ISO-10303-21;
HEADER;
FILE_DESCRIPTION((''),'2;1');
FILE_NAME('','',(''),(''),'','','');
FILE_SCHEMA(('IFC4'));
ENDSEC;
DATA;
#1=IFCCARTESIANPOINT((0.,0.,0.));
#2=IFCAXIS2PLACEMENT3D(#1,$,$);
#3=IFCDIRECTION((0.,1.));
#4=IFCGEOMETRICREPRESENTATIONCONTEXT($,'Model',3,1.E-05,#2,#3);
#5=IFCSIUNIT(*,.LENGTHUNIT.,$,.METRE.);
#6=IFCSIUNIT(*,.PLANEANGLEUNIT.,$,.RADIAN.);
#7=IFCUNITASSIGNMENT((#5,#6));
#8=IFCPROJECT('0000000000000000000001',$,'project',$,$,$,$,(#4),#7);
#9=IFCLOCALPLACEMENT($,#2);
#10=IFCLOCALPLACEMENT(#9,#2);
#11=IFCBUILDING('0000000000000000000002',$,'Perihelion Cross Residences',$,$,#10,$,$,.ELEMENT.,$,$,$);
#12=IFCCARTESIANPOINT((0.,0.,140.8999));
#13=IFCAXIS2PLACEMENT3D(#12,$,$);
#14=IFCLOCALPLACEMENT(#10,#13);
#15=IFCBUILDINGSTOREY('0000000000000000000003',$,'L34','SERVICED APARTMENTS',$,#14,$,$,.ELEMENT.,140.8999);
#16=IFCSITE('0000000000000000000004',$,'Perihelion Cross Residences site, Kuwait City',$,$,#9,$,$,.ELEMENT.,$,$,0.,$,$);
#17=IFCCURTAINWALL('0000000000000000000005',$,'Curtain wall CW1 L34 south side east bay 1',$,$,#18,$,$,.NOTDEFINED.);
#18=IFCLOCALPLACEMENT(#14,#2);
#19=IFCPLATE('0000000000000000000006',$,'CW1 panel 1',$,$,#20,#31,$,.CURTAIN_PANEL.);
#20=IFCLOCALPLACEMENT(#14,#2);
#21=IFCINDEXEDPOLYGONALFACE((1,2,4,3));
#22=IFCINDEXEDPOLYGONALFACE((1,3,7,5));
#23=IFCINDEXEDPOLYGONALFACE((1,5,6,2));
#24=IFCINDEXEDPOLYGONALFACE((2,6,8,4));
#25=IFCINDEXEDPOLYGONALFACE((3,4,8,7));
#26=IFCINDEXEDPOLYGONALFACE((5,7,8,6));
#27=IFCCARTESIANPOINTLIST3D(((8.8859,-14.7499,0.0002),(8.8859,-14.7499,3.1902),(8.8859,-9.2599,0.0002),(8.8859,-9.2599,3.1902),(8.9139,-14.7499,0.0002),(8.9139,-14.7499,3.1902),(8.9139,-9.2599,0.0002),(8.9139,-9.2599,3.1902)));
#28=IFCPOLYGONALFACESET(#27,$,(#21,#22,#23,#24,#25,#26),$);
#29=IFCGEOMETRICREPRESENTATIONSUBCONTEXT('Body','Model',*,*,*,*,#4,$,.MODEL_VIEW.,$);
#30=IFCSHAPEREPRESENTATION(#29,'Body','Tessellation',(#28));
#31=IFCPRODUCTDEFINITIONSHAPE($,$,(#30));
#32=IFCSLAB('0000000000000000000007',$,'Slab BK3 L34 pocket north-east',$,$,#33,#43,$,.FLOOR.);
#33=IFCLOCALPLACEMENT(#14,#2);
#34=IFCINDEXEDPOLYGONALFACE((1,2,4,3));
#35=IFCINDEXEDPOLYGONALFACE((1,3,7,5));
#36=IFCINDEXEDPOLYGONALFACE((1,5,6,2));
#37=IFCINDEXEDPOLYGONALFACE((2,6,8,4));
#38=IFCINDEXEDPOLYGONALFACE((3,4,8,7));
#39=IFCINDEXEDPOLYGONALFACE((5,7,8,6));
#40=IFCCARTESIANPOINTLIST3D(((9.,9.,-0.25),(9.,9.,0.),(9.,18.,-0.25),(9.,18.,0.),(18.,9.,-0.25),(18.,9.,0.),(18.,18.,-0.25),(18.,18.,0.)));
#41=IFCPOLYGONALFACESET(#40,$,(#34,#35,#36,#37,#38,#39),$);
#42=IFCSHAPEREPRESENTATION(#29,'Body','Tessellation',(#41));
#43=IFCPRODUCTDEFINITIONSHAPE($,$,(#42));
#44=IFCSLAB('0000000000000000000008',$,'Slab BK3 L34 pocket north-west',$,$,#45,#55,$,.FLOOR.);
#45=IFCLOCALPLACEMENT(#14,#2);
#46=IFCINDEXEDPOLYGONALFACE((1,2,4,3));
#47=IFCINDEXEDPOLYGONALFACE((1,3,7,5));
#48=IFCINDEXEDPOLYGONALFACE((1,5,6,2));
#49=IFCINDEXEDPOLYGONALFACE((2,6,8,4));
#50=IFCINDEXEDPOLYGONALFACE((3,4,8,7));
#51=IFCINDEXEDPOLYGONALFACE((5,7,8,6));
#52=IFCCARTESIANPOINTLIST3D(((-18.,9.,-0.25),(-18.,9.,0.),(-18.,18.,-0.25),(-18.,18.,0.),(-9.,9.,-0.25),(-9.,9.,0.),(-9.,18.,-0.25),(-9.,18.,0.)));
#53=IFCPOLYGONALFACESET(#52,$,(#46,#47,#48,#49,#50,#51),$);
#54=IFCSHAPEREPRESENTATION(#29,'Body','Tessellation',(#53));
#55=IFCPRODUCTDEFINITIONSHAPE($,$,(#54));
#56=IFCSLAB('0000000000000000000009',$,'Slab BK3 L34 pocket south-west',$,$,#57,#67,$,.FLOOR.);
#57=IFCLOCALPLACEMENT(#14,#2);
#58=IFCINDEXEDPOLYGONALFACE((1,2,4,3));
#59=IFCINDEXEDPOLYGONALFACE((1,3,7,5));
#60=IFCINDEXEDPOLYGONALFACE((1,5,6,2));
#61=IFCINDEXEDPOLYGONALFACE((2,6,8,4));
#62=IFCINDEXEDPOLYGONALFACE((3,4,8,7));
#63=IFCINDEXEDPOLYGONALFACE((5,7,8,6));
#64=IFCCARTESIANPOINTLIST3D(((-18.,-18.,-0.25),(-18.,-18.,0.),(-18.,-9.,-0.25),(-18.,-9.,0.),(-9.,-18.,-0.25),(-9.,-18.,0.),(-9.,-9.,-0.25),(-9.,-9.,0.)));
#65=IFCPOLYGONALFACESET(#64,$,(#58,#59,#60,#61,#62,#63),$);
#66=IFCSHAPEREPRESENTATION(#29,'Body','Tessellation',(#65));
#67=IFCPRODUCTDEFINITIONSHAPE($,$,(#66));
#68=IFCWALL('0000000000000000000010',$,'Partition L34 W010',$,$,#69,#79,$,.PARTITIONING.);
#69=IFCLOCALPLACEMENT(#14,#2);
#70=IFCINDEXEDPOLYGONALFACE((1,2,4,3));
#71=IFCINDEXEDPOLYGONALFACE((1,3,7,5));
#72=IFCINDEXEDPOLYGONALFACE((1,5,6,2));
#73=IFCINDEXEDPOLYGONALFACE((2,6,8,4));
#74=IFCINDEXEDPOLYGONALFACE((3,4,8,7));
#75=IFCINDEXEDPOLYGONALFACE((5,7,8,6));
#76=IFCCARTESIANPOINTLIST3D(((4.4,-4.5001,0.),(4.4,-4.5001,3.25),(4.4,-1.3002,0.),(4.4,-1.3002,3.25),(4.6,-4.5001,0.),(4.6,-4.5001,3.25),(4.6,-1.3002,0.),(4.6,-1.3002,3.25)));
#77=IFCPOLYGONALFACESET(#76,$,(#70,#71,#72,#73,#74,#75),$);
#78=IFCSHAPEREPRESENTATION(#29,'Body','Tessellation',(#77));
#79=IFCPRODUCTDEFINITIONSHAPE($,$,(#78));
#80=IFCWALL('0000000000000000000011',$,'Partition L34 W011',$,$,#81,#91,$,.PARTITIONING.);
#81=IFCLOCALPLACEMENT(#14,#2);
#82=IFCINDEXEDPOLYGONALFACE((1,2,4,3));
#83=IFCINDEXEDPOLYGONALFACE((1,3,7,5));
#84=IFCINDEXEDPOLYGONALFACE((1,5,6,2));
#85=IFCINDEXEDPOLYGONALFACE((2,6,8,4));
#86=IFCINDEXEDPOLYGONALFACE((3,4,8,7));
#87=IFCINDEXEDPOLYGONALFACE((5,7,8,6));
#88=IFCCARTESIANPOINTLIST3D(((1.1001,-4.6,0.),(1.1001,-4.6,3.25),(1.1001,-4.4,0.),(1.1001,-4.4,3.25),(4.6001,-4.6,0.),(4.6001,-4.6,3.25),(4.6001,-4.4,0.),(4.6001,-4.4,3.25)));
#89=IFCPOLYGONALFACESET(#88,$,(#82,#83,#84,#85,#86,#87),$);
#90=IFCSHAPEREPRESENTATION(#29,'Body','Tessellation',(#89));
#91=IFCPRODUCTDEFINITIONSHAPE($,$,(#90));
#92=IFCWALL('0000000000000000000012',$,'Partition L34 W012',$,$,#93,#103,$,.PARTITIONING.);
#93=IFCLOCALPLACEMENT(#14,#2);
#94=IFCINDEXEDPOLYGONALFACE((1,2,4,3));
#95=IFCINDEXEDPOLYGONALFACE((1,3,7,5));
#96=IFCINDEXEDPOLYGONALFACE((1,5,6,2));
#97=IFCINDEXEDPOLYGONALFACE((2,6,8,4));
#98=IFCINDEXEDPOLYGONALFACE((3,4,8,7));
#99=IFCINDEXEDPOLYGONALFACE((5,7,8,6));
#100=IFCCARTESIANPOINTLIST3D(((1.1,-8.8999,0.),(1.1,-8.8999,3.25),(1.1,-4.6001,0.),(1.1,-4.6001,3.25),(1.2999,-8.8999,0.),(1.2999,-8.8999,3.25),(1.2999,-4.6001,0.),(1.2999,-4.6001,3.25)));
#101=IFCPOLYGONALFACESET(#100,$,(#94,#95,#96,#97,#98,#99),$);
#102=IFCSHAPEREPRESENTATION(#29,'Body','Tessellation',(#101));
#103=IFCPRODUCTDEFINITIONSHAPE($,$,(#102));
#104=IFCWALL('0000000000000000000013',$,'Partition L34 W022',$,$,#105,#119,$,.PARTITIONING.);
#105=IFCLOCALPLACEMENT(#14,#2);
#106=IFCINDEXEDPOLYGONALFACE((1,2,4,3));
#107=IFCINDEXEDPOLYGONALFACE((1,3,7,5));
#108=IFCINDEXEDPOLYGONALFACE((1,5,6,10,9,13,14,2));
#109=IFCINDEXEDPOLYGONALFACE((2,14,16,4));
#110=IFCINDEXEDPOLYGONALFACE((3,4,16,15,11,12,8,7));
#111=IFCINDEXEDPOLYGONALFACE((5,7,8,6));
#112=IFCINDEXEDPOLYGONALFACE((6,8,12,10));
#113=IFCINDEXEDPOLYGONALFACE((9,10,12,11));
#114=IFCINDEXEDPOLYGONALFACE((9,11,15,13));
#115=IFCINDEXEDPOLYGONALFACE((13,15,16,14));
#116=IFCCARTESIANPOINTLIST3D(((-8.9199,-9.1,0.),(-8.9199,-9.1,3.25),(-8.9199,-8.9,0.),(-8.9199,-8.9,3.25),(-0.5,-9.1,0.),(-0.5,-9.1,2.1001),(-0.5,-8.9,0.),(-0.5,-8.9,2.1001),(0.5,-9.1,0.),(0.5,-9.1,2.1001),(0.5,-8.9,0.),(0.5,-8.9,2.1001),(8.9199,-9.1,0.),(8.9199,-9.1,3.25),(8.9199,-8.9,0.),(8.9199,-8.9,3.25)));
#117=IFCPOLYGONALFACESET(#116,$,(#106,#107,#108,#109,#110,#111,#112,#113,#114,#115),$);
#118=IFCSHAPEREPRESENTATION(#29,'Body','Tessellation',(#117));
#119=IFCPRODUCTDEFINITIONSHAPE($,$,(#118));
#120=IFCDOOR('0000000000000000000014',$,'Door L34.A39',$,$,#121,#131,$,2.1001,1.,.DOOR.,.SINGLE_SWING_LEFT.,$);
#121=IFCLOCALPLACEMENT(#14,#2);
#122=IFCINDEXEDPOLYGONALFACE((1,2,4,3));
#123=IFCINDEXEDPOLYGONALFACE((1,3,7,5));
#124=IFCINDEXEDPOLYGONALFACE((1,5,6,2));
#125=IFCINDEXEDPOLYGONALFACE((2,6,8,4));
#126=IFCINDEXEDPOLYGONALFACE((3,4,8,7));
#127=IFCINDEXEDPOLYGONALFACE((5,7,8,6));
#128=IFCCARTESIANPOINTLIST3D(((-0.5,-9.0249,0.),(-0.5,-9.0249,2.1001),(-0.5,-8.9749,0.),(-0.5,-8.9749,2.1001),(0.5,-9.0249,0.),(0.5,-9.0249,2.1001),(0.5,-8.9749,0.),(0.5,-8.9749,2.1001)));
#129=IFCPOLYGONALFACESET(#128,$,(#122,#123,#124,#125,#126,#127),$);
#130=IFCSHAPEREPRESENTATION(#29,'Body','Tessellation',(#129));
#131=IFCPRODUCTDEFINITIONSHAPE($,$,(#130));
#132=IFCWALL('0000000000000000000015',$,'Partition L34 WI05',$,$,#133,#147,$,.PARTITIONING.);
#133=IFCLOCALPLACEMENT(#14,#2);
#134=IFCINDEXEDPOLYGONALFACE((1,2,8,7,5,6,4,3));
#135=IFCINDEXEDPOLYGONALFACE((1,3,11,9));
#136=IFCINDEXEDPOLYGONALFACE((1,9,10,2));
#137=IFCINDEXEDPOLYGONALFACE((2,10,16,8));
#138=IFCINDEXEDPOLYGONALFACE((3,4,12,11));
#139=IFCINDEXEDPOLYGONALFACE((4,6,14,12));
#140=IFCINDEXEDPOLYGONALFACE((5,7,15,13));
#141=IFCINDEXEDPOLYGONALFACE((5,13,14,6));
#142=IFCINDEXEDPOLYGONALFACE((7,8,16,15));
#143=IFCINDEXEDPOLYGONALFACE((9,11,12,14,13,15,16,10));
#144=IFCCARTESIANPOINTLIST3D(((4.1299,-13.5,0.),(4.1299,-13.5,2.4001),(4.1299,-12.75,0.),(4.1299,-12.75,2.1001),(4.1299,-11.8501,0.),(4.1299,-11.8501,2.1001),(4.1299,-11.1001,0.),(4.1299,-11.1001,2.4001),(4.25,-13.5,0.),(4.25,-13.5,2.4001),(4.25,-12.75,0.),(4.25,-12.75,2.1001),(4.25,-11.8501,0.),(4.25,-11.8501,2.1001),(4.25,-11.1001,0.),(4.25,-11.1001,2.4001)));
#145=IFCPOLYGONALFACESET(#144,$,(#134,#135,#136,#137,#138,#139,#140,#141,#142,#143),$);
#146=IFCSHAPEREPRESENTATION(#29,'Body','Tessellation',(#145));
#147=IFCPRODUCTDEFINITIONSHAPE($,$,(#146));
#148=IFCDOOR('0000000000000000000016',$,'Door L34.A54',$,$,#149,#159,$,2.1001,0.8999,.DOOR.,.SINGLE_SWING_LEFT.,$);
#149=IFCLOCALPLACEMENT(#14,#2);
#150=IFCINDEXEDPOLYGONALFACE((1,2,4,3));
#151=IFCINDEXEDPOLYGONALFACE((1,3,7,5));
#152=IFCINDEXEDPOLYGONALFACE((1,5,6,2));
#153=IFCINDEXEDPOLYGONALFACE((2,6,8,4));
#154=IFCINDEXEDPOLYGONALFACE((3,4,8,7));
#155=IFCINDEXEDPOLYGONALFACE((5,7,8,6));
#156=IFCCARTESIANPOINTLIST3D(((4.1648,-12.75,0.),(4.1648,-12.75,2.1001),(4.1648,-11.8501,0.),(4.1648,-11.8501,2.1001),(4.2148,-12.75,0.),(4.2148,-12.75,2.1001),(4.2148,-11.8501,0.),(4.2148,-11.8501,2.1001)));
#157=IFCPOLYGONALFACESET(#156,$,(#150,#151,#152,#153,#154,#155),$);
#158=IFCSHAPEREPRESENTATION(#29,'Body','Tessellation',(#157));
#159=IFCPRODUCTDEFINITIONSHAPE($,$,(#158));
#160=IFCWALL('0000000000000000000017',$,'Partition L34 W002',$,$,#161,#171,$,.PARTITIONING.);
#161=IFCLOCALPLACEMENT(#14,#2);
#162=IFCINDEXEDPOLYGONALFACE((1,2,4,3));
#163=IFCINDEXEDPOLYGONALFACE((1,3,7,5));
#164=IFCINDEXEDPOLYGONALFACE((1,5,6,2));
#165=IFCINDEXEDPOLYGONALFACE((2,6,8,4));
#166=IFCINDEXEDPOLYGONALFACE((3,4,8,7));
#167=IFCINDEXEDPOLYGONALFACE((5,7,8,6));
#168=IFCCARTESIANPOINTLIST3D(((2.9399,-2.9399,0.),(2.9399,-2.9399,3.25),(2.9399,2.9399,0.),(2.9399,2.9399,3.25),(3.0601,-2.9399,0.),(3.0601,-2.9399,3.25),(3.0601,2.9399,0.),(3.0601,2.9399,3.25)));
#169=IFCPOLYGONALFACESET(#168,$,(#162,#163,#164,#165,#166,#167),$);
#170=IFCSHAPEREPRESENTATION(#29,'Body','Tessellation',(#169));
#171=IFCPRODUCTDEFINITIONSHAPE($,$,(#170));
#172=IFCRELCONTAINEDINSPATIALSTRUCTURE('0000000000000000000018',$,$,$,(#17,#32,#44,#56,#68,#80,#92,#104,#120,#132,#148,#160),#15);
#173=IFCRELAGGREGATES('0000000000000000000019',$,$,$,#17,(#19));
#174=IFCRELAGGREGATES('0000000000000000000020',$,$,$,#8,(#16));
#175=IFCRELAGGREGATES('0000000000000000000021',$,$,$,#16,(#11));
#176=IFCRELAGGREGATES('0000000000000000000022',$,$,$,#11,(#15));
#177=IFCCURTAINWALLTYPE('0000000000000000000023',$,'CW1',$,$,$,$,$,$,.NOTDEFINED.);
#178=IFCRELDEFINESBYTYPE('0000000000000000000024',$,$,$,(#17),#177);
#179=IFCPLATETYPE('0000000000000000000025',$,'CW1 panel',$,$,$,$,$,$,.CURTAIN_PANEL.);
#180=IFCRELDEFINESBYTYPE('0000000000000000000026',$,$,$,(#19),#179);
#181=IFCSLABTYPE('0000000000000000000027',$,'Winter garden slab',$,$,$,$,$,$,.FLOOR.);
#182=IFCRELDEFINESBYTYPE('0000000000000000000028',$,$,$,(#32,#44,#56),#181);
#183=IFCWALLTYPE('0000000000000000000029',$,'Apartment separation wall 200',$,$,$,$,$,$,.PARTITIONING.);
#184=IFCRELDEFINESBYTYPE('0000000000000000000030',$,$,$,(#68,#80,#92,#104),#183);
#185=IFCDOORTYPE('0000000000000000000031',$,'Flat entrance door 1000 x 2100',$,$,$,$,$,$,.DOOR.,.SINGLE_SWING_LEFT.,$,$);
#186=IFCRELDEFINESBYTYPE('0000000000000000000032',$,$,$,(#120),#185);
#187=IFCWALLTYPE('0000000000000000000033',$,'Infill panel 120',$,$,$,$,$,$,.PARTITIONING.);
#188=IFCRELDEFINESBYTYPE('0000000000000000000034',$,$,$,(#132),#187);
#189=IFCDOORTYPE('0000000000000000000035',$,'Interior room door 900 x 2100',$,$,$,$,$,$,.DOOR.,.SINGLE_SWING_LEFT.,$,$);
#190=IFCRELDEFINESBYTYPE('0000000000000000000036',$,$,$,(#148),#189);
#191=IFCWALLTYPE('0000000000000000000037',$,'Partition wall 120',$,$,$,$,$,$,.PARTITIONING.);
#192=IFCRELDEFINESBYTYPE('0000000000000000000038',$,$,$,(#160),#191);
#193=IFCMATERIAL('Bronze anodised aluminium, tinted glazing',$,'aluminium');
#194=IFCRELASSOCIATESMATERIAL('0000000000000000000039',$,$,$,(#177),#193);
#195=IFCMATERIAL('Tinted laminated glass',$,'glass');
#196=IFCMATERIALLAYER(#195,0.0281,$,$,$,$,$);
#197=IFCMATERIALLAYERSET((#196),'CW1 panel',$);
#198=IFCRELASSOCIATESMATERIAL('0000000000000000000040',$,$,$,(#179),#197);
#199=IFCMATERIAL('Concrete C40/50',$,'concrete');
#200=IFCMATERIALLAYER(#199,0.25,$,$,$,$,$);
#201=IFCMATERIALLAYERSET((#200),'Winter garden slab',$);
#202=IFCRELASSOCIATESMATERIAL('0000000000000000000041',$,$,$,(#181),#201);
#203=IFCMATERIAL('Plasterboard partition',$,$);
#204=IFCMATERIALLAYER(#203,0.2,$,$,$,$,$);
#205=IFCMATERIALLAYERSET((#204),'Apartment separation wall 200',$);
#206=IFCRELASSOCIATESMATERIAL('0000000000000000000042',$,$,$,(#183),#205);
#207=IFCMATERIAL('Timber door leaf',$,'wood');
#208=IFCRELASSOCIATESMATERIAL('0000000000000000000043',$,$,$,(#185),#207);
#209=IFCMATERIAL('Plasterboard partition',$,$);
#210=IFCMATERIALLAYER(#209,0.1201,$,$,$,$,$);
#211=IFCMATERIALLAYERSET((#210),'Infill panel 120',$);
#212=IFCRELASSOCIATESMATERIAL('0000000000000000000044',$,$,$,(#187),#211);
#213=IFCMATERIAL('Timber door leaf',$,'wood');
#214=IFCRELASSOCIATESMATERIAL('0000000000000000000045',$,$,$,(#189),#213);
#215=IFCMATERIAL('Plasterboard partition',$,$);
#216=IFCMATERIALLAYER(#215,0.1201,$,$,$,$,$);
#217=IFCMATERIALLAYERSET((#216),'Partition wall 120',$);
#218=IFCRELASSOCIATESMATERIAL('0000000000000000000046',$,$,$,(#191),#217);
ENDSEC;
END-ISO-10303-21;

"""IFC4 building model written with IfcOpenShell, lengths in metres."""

from ifc_helpers import new_model, si_unit, direction, frame, frame_2d, origin, origin_2d, place, context, subcontext, project, spatial, polyline, rectangle, outline, extrude, material, layer, layer_set, type_object, element, fill, aggregate, save


model = new_model("IFC4")

# Units and contexts
model_context = context("Model", 3, precision=1e-05, world=origin(), true_north=direction((0.0, 1.0)))
body_context = subcontext(model_context, "Body", "Model", "MODEL_VIEW")
ifc_project = project(units=[si_unit("LENGTHUNIT", "METRE"), si_unit("PLANEANGLEUNIT", "RADIAN")], contexts=[model_context])

# Site, building, storey
site_placement = place(None, origin())
site = spatial("IfcSite", under=ifc_project, at=site_placement, Name="Perihelion Cross Residences site, Kuwait City", CompositionType="ELEMENT", RefElevation=0.0)
building_placement = place(site_placement, origin())
building = spatial("IfcBuilding", under=site, at=building_placement, Name="Perihelion Cross Residences", CompositionType="ELEMENT")
storey_placement = place(building_placement, frame((0.0, 0.0, 140.8999)))
storey = spatial("IfcBuildingStorey", under=building, at=storey_placement, Name="L34", Description="SERVICED APARTMENTS", CompositionType="ELEMENT", Elevation=140.8999)

# Curtain wall
ifc_material_1 = material(Name="Bronze anodised aluminium, tinted glazing", Category="aluminium")
curtain_wall_type = type_object("IfcCurtainWallType", Name="CW1", PredefinedType="NOTDEFINED", material=ifc_material_1)
curtain_wall_1_placement = place(storey_placement, origin())
curtain_wall_1 = element("IfcCurtainWall", 1, at=curtain_wall_1_placement, inside=storey, type_object=curtain_wall_type, Name="Curtain wall CW1 L34 south side east bay 1", PredefinedType="NOTDEFINED")

# Plate
ifc_material_2 = material(Name="Tinted laminated glass", Category="glass")
ifc_layer_1 = layer(ifc_material_2, 0.0281)
ifc_layer_set_1 = layer_set([ifc_layer_1], Name="CW1 panel")
plate_type = type_object("IfcPlateType", Name="CW1 panel", PredefinedType="CURTAIN_PANEL", material=ifc_layer_set_1)
plate_placement = place(storey_placement, frame((8.8999, -12.0049, 0.0002), z_axis=(0.0, 0.0, 1.0), x_axis=(0.0, 1.0, 0.0)))
plate = element("IfcPlate", 2, at=plate_placement, type_object=plate_type, Name="CW1 panel 1", PredefinedType="CURTAIN_PANEL", context=body_context, shape_type="SweptSolid", body=[
    extrude(rectangle(XDim=5.49, YDim=0.0281, at=origin_2d()), origin(), (0.0, 0.0, 1.0), 3.1899),
])
aggregate(curtain_wall_1, [plate])

# Slabs
ifc_material_3 = material(Name="Concrete C40/50", Category="concrete")
ifc_layer_2 = layer(ifc_material_3, 0.25)
ifc_layer_set_2 = layer_set([ifc_layer_2], Name="Winter garden slab")
slab_type_1 = type_object("IfcSlabType", Name="Winter garden slab", PredefinedType="FLOOR", material=ifc_layer_set_2)
slab_1_placement = place(storey_placement, frame((0.0, 0.0, -0.25)))
element("IfcSlab", 3, at=slab_1_placement, inside=storey, type_object=slab_type_1, Name="Slab BK3 L34 pocket north-east", PredefinedType="FLOOR", context=body_context, shape_type="SweptSolid", body=[
    extrude(outline(polyline([(18.0, 9.0), (18.0, 18.0), (9.0, 18.0), (9.0, 9.0), (18.0, 9.0)])), origin(), (0.0, 0.0, 1.0), 0.25),
])
slab_2_placement = place(storey_placement, frame((0.0, 0.0, -0.25)))
element("IfcSlab", 4, at=slab_2_placement, inside=storey, type_object=slab_type_1, Name="Slab BK3 L34 pocket north-west", PredefinedType="FLOOR", context=body_context, shape_type="SweptSolid", body=[
    extrude(outline(polyline([(-9.0, 9.0), (-9.0, 18.0), (-18.0, 18.0), (-18.0, 9.0), (-9.0, 9.0)])), origin(), (0.0, 0.0, 1.0), 0.25),
])
slab_3_placement = place(storey_placement, frame((0.0, 0.0, -0.25)))
element("IfcSlab", 5, at=slab_3_placement, inside=storey, type_object=slab_type_1, Name="Slab BK3 L34 pocket south-west", PredefinedType="FLOOR", context=body_context, shape_type="SweptSolid", body=[
    extrude(outline(polyline([(-9.0, -18.0), (-9.0, -9.0), (-18.0, -9.0), (-18.0, -18.0), (-9.0, -18.0)])), origin(), (0.0, 0.0, 1.0), 0.25),
])

# Walls
ifc_material_4 = material(Name="Plasterboard partition")
ifc_layer_3 = layer(ifc_material_4, 0.2)
ifc_layer_set_3 = layer_set([ifc_layer_3], Name="Apartment separation wall 200")
wall_type_1 = type_object("IfcWallType", Name="Apartment separation wall 200", PredefinedType="PARTITIONING", material=ifc_layer_set_3)
wall_1_placement = place(storey_placement, frame((4.5, -1.3, 0.0), z_axis=(0.0, 0.0, 1.0), x_axis=(0.0, -1.0, 0.0)))
element("IfcWall", 6, at=wall_1_placement, inside=storey, type_object=wall_type_1, Name="Partition L34 W010", PredefinedType="PARTITIONING", context=body_context, shape_type="SweptSolid", body=[
    extrude(rectangle(XDim=3.2, YDim=0.2, at=frame_2d((1.6001, 0.0))), origin(), (0.0, 0.0, 1.0), 3.25),
])
wall_2_placement = place(storey_placement, frame((4.6001, -4.5, 0.0), z_axis=(0.0, 0.0, 1.0), x_axis=(-1.0, 0.0, 0.0)))
element("IfcWall", 7, at=wall_2_placement, inside=storey, type_object=wall_type_1, Name="Partition L34 W011", PredefinedType="PARTITIONING", context=body_context, shape_type="SweptSolid", body=[
    extrude(rectangle(XDim=3.5, YDim=0.2, at=frame_2d((1.75, 0.0))), origin(), (0.0, 0.0, 1.0), 3.25),
])
wall_3_placement = place(storey_placement, frame((1.2, -4.6001, 0.0), z_axis=(0.0, 0.0, 1.0), x_axis=(0.0, -1.0, 0.0)))
element("IfcWall", 8, at=wall_3_placement, inside=storey, type_object=wall_type_1, Name="Partition L34 W012", PredefinedType="PARTITIONING", context=body_context, shape_type="SweptSolid", body=[
    extrude(rectangle(XDim=4.2998, YDim=0.2, at=frame_2d((2.1499, 0.0))), origin(), (0.0, 0.0, 1.0), 3.25),
])

# Walls, openings, doors
wall_4_placement = place(storey_placement, frame((8.9199, -9.0, 0.0), z_axis=(0.0, 0.0, 1.0), x_axis=(-1.0, 0.0, 0.0)))
wall_4 = element("IfcWall", 9, at=wall_4_placement, inside=storey, type_object=wall_type_1, Name="Partition L34 W022", PredefinedType="PARTITIONING", context=body_context, shape_type="SweptSolid", body=[
    extrude(rectangle(XDim=17.8398, YDim=0.2, at=frame_2d((8.9199, 0.0))), origin(), (0.0, 0.0, 1.0), 3.25),
])
opening_1_placement = place(wall_4_placement, frame((8.4199, 0.0, 0.0)))
opening_1 = element("IfcOpeningElement", 10, at=opening_1_placement, cuts=wall_4, PredefinedType="OPENING", context=body_context, shape_type="SweptSolid", body=[
    extrude(rectangle(XDim=1.0, YDim=2.1001, at=frame_2d((0.5, 1.05))), frame((0.0, 0.1099, 0.0), z_axis=(0.0, -1.0, 0.0), x_axis=(1.0, 0.0, 0.0)), (0.0, 0.0, 1.0), 0.22),
])
ifc_material_5 = material(Name="Timber door leaf", Category="wood")
door_type_1 = type_object("IfcDoorType", Name="Flat entrance door 1000 x 2100", OperationType="SINGLE_SWING_LEFT", PredefinedType="DOOR", material=ifc_material_5)
door_1_placement = place(opening_1_placement, origin())
door_1 = element("IfcDoor", 11, at=door_1_placement, inside=storey, type_object=door_type_1, Name="Door L34.A39", OperationType="SINGLE_SWING_LEFT", OverallHeight=2.1001, OverallWidth=1.0, PredefinedType="DOOR", context=body_context, shape_type="SweptSolid", body=[
    extrude(rectangle(XDim=1.0, YDim=2.1001, at=frame_2d((0.5, 1.05))), frame((0.0, 0.0249, 0.0), z_axis=(0.0, -1.0, 0.0), x_axis=(1.0, 0.0, 0.0)), (0.0, 0.0, 1.0), 0.05),
])
fill(opening_1, door_1)
ifc_material_6 = material(Name="Plasterboard partition")
ifc_layer_4 = layer(ifc_material_6, 0.1201)
ifc_layer_set_4 = layer_set([ifc_layer_4], Name="Infill panel 120")
wall_type_2 = type_object("IfcWallType", Name="Infill panel 120", PredefinedType="PARTITIONING", material=ifc_layer_set_4)
wall_5_placement = place(storey_placement, frame((4.1899, -11.1001, 0.0), z_axis=(0.0, 0.0, 1.0), x_axis=(0.0, -1.0, 0.0)))
wall_5 = element("IfcWall", 12, at=wall_5_placement, inside=storey, type_object=wall_type_2, Name="Partition L34 WI05", PredefinedType="PARTITIONING", context=body_context, shape_type="SweptSolid", body=[
    extrude(rectangle(XDim=2.3999, YDim=0.1201, at=frame_2d((1.2, 0.0))), origin(), (0.0, 0.0, 1.0), 2.4001),
])
opening_2_placement = place(wall_5_placement, frame((0.75, 0.0, 0.0)))
opening_2 = element("IfcOpeningElement", 13, at=opening_2_placement, cuts=wall_5, PredefinedType="OPENING", context=body_context, shape_type="SweptSolid", body=[
    extrude(rectangle(XDim=0.8999, YDim=2.1001, at=frame_2d((0.45, 1.05))), frame((0.0, 0.0701, 0.0), z_axis=(0.0, -1.0, 0.0), x_axis=(1.0, 0.0, 0.0)), (0.0, 0.0, 1.0), 0.1401),
])
ifc_material_7 = material(Name="Timber door leaf", Category="wood")
door_type_2 = type_object("IfcDoorType", Name="Interior room door 900 x 2100", OperationType="SINGLE_SWING_LEFT", PredefinedType="DOOR", material=ifc_material_7)
door_2_placement = place(opening_2_placement, origin())
door_2 = element("IfcDoor", 14, at=door_2_placement, inside=storey, type_object=door_type_2, Name="Door L34.A54", OperationType="SINGLE_SWING_LEFT", OverallHeight=2.1001, OverallWidth=0.8999, PredefinedType="DOOR", context=body_context, shape_type="SweptSolid", body=[
    extrude(rectangle(XDim=0.8999, YDim=2.1001, at=frame_2d((0.45, 1.05))), frame((0.0, 0.0249, 0.0), z_axis=(0.0, -1.0, 0.0), x_axis=(1.0, 0.0, 0.0)), (0.0, 0.0, 1.0), 0.05),
])
fill(opening_2, door_2)

# Wall
ifc_material_8 = material(Name="Plasterboard partition")
ifc_layer_5 = layer(ifc_material_8, 0.1201)
ifc_layer_set_5 = layer_set([ifc_layer_5], Name="Partition wall 120")
wall_type_3 = type_object("IfcWallType", Name="Partition wall 120", PredefinedType="PARTITIONING", material=ifc_layer_set_5)
wall_6_placement = place(storey_placement, frame((3.0, -2.9399, 0.0), z_axis=(0.0, 0.0, 1.0), x_axis=(0.0, 1.0, 0.0)))
element("IfcWall", 15, at=wall_6_placement, inside=storey, type_object=wall_type_3, Name="Partition L34 W002", PredefinedType="PARTITIONING", context=body_context, shape_type="SweptSolid", body=[
    extrude(rectangle(XDim=5.8799, YDim=0.1201, at=frame_2d((2.9399, 0.0))), origin(), (0.0, 0.0, 1.0), 3.25),
])

save(model, "model.ifc")
